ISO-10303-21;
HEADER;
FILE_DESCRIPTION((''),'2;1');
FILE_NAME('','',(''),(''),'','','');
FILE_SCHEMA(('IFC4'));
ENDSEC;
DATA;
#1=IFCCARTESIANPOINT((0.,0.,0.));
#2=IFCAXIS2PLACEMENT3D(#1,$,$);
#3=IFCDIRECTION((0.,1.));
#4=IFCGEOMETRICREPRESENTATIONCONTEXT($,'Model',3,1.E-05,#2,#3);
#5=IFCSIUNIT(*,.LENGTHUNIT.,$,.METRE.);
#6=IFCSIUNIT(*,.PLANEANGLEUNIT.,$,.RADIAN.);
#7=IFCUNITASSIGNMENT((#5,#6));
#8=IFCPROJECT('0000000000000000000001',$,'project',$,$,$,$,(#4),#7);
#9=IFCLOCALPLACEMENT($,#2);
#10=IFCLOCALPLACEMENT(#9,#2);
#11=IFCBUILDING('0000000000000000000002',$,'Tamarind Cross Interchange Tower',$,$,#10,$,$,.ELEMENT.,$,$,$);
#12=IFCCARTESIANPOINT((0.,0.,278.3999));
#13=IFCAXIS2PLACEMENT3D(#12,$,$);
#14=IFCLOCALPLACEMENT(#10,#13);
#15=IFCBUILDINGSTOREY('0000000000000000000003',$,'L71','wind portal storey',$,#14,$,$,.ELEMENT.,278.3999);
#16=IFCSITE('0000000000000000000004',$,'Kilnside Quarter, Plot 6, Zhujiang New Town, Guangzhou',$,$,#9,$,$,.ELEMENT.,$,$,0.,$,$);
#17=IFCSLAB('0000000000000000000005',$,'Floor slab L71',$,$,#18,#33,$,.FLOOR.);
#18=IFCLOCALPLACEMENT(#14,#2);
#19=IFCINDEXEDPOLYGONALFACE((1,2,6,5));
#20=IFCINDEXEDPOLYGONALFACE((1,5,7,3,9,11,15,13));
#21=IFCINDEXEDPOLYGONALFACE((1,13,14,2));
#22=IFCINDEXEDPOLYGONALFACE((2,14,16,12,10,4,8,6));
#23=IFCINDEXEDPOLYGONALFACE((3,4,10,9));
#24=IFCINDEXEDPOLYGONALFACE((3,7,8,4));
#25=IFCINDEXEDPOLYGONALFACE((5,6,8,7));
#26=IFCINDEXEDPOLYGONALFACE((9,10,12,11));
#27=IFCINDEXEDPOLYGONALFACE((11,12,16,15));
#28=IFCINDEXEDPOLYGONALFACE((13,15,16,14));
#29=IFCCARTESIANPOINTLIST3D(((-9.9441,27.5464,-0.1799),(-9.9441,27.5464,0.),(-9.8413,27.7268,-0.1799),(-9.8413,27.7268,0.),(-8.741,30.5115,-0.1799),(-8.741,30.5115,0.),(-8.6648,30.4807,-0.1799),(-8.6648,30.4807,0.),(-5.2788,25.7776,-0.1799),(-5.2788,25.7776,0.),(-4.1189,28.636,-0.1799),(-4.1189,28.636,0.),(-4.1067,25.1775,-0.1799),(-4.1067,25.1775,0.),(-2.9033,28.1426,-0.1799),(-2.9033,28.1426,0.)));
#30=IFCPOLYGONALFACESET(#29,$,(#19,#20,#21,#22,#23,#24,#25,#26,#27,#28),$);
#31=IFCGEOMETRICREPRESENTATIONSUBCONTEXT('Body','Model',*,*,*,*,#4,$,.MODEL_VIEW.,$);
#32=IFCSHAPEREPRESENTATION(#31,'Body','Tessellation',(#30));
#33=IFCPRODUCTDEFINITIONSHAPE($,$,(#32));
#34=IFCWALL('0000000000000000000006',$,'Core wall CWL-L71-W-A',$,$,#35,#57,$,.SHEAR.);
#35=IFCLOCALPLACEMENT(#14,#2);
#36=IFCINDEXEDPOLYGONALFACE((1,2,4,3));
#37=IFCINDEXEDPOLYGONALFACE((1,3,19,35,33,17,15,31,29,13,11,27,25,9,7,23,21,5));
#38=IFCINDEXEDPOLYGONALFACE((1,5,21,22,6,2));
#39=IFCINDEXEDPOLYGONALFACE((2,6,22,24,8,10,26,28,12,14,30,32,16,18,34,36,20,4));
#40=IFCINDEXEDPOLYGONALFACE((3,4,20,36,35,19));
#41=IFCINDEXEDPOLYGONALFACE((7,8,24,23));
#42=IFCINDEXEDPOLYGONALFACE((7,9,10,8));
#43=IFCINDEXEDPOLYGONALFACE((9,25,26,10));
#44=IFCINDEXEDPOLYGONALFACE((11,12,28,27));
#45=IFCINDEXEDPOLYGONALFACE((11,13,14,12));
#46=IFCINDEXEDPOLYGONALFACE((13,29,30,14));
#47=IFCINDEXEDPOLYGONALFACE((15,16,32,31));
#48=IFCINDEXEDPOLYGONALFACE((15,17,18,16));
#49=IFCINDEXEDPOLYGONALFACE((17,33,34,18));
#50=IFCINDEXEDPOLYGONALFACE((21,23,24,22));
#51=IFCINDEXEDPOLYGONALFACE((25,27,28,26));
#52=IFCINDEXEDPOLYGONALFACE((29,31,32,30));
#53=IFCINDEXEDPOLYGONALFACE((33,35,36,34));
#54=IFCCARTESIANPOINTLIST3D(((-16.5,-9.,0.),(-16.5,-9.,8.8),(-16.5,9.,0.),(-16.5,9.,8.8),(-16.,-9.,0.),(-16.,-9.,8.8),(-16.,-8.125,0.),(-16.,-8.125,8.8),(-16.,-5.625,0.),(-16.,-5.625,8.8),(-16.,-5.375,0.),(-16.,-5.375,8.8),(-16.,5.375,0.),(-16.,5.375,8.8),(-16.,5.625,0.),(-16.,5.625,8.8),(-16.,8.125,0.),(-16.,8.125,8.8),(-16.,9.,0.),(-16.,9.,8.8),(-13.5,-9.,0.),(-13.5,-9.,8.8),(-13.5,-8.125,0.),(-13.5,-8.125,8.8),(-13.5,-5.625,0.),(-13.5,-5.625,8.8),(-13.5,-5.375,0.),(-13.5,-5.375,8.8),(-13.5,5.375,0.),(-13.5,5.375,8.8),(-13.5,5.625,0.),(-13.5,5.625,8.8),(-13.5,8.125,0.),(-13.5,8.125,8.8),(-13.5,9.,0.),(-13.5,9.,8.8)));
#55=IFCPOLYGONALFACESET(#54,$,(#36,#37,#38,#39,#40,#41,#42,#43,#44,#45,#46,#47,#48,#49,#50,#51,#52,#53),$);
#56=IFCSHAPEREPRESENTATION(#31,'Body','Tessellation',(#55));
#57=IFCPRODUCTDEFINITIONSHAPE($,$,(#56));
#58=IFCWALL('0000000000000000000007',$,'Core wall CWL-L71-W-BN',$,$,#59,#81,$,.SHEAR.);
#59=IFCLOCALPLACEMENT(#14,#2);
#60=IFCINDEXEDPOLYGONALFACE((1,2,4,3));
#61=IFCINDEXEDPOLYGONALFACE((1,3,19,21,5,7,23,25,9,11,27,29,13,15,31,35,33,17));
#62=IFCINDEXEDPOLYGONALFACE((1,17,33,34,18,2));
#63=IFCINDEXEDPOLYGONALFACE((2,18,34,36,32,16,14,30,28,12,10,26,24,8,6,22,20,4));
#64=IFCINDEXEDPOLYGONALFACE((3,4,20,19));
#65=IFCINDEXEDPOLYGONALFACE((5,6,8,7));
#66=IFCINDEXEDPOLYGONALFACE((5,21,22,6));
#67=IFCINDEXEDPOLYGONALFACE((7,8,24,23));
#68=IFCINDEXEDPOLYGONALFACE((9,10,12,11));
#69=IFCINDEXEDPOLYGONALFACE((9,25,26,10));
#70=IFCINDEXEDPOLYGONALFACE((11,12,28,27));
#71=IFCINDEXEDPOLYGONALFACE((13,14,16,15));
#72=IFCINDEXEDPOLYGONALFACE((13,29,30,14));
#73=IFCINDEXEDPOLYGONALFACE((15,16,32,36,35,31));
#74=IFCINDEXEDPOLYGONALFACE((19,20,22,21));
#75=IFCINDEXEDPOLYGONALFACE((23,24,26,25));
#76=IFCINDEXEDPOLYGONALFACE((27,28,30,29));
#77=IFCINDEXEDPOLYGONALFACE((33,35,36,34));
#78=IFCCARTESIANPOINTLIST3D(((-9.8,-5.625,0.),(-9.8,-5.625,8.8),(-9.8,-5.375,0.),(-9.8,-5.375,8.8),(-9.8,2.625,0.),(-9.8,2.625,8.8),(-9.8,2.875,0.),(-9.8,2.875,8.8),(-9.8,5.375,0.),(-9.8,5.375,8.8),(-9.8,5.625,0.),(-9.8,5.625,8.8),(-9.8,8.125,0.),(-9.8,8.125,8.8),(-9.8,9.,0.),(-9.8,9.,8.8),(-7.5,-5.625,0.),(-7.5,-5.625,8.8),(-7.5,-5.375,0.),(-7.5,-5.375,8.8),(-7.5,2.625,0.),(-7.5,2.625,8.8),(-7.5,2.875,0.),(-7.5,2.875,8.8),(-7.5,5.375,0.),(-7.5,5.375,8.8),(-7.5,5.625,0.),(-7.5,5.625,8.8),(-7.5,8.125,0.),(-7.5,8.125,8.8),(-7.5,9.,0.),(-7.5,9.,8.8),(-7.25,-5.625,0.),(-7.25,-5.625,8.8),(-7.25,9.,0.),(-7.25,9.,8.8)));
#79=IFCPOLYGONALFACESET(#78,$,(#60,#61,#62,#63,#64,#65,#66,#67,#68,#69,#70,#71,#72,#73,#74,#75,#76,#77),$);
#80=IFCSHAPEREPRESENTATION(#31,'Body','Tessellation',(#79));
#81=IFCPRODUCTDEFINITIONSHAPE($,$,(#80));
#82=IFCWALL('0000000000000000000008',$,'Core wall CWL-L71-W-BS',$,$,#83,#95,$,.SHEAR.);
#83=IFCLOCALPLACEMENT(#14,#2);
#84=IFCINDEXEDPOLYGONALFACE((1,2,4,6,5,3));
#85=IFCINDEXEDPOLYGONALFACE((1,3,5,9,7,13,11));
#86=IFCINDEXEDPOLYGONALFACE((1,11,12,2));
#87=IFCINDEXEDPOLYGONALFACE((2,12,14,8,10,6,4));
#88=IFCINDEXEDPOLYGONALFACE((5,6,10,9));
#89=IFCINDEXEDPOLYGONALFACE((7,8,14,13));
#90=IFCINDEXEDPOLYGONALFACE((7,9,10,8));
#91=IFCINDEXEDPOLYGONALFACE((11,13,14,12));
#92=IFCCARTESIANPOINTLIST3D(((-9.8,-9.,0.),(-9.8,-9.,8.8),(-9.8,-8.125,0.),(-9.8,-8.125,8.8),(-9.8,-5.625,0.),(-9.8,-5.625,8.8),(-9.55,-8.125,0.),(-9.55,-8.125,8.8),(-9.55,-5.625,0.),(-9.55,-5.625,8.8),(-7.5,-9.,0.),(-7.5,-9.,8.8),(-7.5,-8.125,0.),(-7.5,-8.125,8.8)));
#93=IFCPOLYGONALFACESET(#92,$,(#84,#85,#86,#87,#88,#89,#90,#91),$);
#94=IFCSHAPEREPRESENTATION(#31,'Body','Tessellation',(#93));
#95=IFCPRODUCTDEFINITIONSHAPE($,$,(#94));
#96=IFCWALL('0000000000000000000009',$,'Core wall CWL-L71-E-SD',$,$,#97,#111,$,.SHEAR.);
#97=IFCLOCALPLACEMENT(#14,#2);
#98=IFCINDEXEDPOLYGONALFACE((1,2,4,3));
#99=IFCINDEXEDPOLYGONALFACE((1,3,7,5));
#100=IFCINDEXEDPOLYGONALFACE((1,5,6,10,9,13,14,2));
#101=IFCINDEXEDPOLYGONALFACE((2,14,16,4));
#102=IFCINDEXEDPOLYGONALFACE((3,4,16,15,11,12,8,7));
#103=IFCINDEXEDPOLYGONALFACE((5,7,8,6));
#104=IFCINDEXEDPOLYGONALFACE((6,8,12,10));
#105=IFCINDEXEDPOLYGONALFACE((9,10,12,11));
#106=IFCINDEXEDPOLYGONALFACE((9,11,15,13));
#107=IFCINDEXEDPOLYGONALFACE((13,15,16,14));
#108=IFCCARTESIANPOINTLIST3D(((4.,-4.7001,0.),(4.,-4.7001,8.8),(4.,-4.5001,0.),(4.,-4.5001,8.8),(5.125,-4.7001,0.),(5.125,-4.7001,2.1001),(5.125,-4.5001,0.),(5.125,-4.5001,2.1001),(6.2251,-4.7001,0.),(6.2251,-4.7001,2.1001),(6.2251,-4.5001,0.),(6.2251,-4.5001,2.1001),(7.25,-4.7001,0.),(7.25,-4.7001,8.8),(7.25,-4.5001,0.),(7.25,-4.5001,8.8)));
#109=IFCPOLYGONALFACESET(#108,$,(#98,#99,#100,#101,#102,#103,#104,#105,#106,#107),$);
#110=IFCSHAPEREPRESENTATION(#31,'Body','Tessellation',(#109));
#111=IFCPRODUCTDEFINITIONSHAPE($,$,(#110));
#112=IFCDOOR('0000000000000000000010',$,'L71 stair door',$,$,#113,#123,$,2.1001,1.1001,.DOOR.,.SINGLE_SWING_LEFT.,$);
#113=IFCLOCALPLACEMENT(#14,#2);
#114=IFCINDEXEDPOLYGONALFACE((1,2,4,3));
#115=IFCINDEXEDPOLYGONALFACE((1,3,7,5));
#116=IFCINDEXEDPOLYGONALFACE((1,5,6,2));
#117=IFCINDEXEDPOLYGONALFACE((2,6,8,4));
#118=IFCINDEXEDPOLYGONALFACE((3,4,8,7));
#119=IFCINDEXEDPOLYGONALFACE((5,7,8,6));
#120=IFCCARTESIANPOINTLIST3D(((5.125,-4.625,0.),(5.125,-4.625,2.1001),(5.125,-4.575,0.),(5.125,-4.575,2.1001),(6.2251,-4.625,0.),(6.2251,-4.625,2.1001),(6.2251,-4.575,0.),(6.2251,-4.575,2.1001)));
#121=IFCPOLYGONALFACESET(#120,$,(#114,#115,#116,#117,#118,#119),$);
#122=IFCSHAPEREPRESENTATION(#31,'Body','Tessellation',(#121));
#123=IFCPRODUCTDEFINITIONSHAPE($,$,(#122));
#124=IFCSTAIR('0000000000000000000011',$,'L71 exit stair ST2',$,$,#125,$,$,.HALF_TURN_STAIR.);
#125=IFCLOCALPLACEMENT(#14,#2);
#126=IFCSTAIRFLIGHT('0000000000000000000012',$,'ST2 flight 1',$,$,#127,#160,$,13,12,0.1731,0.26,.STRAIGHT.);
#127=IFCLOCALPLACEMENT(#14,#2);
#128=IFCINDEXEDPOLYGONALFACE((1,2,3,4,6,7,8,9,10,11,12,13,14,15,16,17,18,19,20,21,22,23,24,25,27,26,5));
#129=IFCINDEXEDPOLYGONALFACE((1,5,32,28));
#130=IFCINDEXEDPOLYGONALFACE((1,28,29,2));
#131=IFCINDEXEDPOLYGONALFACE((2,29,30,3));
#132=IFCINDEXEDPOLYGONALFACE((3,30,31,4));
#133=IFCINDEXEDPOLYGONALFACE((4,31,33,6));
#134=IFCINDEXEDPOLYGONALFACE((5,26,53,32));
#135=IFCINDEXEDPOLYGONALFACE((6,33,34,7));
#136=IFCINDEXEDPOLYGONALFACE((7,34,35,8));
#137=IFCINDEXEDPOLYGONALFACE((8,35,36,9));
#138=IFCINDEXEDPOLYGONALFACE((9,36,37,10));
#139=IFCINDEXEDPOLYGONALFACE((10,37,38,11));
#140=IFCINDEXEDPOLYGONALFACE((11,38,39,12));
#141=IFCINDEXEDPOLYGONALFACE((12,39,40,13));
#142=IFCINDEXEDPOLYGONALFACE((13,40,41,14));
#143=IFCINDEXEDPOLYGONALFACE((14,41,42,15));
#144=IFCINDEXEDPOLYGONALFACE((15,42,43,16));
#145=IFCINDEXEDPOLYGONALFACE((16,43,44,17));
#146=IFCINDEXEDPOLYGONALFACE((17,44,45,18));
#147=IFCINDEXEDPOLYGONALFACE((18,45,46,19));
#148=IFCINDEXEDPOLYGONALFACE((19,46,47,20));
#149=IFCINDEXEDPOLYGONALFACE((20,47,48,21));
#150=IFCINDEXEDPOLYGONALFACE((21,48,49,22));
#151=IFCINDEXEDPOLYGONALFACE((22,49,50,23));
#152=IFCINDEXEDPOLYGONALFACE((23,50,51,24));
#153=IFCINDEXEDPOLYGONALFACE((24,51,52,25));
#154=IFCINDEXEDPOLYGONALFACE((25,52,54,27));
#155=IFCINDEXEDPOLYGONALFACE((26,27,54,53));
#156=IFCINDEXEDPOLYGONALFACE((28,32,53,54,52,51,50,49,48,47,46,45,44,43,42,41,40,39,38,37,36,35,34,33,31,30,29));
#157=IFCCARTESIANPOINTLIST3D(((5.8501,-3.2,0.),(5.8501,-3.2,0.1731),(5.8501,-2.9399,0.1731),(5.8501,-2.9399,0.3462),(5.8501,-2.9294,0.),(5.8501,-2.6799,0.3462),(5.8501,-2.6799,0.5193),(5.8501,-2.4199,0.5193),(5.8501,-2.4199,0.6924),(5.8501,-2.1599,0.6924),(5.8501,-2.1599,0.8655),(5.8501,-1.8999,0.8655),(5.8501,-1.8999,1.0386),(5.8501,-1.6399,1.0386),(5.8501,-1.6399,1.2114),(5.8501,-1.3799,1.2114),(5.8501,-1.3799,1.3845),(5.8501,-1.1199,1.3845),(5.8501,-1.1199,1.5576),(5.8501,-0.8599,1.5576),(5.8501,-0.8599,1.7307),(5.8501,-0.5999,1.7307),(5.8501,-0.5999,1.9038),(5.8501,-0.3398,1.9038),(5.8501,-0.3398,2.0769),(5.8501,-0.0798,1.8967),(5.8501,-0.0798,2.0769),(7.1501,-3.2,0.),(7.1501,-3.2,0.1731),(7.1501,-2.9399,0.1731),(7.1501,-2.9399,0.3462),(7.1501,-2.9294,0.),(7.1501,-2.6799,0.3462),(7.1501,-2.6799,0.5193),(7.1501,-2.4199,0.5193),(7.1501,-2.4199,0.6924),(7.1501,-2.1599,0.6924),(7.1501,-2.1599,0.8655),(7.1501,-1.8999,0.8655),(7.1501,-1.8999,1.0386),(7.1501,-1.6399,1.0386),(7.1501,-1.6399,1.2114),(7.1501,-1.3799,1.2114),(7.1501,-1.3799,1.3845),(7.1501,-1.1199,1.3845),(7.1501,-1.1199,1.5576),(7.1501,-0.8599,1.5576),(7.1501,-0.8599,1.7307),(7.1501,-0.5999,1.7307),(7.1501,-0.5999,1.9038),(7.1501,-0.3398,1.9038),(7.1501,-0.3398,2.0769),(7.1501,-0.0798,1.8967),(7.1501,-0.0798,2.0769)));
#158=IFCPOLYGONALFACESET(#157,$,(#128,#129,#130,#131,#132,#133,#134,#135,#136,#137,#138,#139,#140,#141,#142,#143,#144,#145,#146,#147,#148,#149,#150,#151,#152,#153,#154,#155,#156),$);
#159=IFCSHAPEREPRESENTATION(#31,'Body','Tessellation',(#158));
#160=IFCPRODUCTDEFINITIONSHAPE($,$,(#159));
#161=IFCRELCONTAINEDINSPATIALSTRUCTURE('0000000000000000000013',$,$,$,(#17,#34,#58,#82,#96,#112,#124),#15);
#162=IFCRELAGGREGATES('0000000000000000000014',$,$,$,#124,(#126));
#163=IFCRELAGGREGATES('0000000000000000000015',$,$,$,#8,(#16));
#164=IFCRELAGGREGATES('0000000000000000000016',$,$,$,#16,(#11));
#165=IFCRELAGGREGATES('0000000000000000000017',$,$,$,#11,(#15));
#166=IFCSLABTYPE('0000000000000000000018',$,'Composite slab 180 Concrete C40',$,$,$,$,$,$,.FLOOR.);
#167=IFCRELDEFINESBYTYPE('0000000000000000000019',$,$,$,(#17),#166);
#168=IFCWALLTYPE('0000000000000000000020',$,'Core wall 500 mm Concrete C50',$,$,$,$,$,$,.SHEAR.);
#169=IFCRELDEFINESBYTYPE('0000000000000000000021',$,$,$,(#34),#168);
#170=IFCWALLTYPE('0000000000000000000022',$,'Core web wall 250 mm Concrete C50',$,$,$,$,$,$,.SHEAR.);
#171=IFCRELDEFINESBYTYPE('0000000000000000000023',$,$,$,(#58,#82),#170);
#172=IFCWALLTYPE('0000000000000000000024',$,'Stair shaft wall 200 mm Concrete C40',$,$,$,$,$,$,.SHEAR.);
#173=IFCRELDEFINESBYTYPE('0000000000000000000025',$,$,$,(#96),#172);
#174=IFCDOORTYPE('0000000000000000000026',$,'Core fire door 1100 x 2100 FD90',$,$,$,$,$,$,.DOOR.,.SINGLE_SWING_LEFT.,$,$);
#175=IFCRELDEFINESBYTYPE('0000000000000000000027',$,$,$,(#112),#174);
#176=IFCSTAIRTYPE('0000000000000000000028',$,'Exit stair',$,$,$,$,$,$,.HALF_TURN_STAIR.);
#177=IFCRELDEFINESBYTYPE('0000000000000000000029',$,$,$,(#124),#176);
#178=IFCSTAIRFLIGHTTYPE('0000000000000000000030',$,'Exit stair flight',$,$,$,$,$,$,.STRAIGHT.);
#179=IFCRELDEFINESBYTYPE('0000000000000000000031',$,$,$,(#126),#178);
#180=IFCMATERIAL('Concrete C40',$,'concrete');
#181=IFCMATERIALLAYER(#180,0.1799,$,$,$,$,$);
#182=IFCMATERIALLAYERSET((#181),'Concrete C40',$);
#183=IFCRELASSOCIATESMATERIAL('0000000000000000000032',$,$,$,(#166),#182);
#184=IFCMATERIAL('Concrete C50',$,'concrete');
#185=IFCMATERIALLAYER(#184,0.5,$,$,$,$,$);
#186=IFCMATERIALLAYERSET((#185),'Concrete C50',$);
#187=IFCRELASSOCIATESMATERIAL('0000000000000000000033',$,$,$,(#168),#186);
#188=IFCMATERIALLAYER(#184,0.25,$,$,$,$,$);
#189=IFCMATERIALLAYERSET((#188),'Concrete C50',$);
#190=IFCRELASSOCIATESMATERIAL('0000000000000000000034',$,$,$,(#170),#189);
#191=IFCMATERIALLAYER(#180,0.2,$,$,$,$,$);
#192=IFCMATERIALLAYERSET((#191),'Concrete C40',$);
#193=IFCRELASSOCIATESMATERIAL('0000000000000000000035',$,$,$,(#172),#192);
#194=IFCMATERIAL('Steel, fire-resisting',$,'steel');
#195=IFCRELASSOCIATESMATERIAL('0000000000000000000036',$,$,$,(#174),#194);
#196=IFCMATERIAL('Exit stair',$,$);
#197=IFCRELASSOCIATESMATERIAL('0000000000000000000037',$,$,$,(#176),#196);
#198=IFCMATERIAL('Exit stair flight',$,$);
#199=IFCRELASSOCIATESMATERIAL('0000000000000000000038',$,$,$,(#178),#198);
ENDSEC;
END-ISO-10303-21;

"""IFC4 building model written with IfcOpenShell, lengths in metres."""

from ifc_helpers import new_model, si_unit, direction, frame, frame_2d, origin, place, context, subcontext, project, spatial, polyline, rectangle, outline, extrude, material, layer, layer_set, type_object, element, fill, aggregate, save


model = new_model("IFC4")

# Units and contexts
model_context = context("Model", 3, precision=1e-05, world=origin(), true_north=direction((0.0, 1.0)))
body_context = subcontext(model_context, "Body", "Model", "MODEL_VIEW")
ifc_project = project(units=[si_unit("LENGTHUNIT", "METRE"), si_unit("PLANEANGLEUNIT", "RADIAN")], contexts=[model_context])

# Site, building, storey
site_placement = place(None, origin())
site = spatial("IfcSite", under=ifc_project, at=site_placement, Name="Kilnside Quarter, Plot 6, Zhujiang New Town, Guangzhou", CompositionType="ELEMENT", RefElevation=0.0)
building_placement = place(site_placement, origin())
building = spatial("IfcBuilding", under=site, at=building_placement, Name="Tamarind Cross Interchange Tower", CompositionType="ELEMENT")
storey_placement = place(building_placement, frame((0.0, 0.0, 278.3999)))
storey = spatial("IfcBuildingStorey", under=building, at=storey_placement, Name="L71", Description="wind portal storey", CompositionType="ELEMENT", Elevation=278.3999)

# Slab
ifc_material_1 = material(Name="Concrete C40", Category="concrete")
ifc_layer_1 = layer(ifc_material_1, 0.1799)
ifc_layer_set_1 = layer_set([ifc_layer_1], Name="Concrete C40")
slab_type = type_object("IfcSlabType", Name="Composite slab 180 Concrete C40", PredefinedType="FLOOR", material=ifc_layer_set_1)
slab_1_placement = place(storey_placement, frame((0.0, 0.0, -0.1799)))
element("IfcSlab", 1, at=slab_1_placement, inside=storey, type_object=slab_type, Name="Floor slab L71", PredefinedType="FLOOR", context=body_context, shape_type="SweptSolid", body=[
    extrude(outline(polyline([(-8.741, 30.5115), (-9.9441, 27.5464), (-4.1067, 25.1775), (-2.9033, 28.1426), (-4.1189, 28.636), (-5.2788, 25.7776), (-9.8413, 27.7268), (-8.6648, 30.4807), (-8.741, 30.5115)])), origin(), (0.0, 0.0, 1.0), 0.1799),
])

# Walls
ifc_material_2 = material(Name="Concrete C50", Category="concrete")
ifc_layer_2 = layer(ifc_material_2, 0.5)
ifc_layer_set_2 = layer_set([ifc_layer_2], Name="Concrete C50")
wall_type_1 = type_object("IfcWallType", Name="Core wall 500 mm Concrete C50", PredefinedType="SHEAR", material=ifc_layer_set_2)
wall_1_placement = place(storey_placement, origin())
element("IfcWall", 2, at=wall_1_placement, inside=storey, type_object=wall_type_1, Name="Core wall CWL-L71-W-A", PredefinedType="SHEAR", context=body_context, shape_type="SweptSolid", body=[
    extrude(outline(polyline([(-13.5, -8.125), (-16.0, -8.125), (-16.0, -5.625), (-13.5, -5.625), (-13.5, -5.375), (-16.0, -5.375), (-16.0, 5.375), (-13.5, 5.375), (-13.5, 5.625), (-16.0, 5.625), (-16.0, 8.125), (-13.5, 8.125), (-13.5, 9.0), (-16.0, 9.0), (-16.5, 9.0), (-16.5, -9.0), (-16.0, -9.0), (-13.5, -9.0), (-13.5, -8.125)])), origin(), (0.0, 0.0, 1.0), 8.8),
])
ifc_layer_3 = layer(ifc_material_2, 0.25)
ifc_layer_set_3 = layer_set([ifc_layer_3], Name="Concrete C50")
wall_type_2 = type_object("IfcWallType", Name="Core web wall 250 mm Concrete C50", PredefinedType="SHEAR", material=ifc_layer_set_3)
wall_2_placement = place(storey_placement, origin())
element("IfcWall", 3, at=wall_2_placement, inside=storey, type_object=wall_type_2, Name="Core wall CWL-L71-W-BN", PredefinedType="SHEAR", context=body_context, shape_type="SweptSolid", body=[
    extrude(outline(polyline([(-9.8, -5.375), (-9.8, -5.625), (-7.5, -5.625), (-7.25, -5.625), (-7.25, 9.0), (-7.5, 9.0), (-9.8, 9.0), (-9.8, 8.125), (-7.5, 8.125), (-7.5, 5.625), (-9.8, 5.625), (-9.8, 5.375), (-7.5, 5.375), (-7.5, 2.875), (-9.8, 2.875), (-9.8, 2.625), (-7.5, 2.625), (-7.5, -5.375), (-9.8, -5.375)])), origin(), (0.0, 0.0, 1.0), 8.8),
])
wall_3_placement = place(storey_placement, origin())
element("IfcWall", 4, at=wall_3_placement, inside=storey, type_object=wall_type_2, Name="Core wall CWL-L71-W-BS", PredefinedType="SHEAR", context=body_context, shape_type="SweptSolid", body=[
    extrude(outline(polyline([(-7.5, -8.125), (-9.55, -8.125), (-9.55, -5.625), (-9.8, -5.625), (-9.8, -8.125), (-9.8, -9.0), (-7.5, -9.0), (-7.5, -8.125)])), origin(), (0.0, 0.0, 1.0), 8.8),
])

# Wall, opening, door
ifc_layer_4 = layer(ifc_material_1, 0.2)
ifc_layer_set_4 = layer_set([ifc_layer_4], Name="Concrete C40")
wall_type_3 = type_object("IfcWallType", Name="Stair shaft wall 200 mm Concrete C40", PredefinedType="SHEAR", material=ifc_layer_set_4)
wall_4_placement = place(storey_placement, frame((7.25, -4.6001, 0.0), z_axis=(0.0, 0.0, 1.0), x_axis=(-1.0, 0.0, 0.0)))
wall_4 = element("IfcWall", 5, at=wall_4_placement, inside=storey, type_object=wall_type_3, Name="Core wall CWL-L71-E-SD", PredefinedType="SHEAR", context=body_context, shape_type="SweptSolid", body=[
    extrude(rectangle(XDim=3.25, YDim=0.2, at=frame_2d((1.625, 0.0))), origin(), (0.0, 0.0, 1.0), 8.8),
])
opening_placement = place(wall_4_placement, frame((1.0249, 0.0, 0.0)))
opening = element("IfcOpeningElement", 6, at=opening_placement, cuts=wall_4, PredefinedType="OPENING", context=body_context, shape_type="SweptSolid", body=[
    extrude(rectangle(XDim=1.1001, YDim=2.1001, at=frame_2d((0.55, 1.05))), frame((0.0, 0.1099, 0.0), z_axis=(0.0, -1.0, 0.0), x_axis=(1.0, 0.0, 0.0)), (0.0, 0.0, 1.0), 0.22),
])
ifc_material_3 = material(Name="Steel, fire-resisting", Category="steel")
door_type = type_object("IfcDoorType", Name="Core fire door 1100 x 2100 FD90", OperationType="SINGLE_SWING_LEFT", PredefinedType="DOOR", material=ifc_material_3)
door_placement = place(opening_placement, origin())
door = element("IfcDoor", 7, at=door_placement, inside=storey, type_object=door_type, Name="L71 stair door", OperationType="SINGLE_SWING_LEFT", OverallHeight=2.1001, OverallWidth=1.1001, PredefinedType="DOOR", context=body_context, shape_type="SweptSolid", body=[
    extrude(rectangle(XDim=1.1001, YDim=2.1001, at=frame_2d((0.55, 1.05))), frame((0.0, 0.0249, 0.0), z_axis=(0.0, -1.0, 0.0), x_axis=(1.0, 0.0, 0.0)), (0.0, 0.0, 1.0), 0.05),
])
fill(opening, door)

# Stair, stair flight
ifc_material_4 = material(Name="Exit stair")
stair_type = type_object("IfcStairType", Name="Exit stair", PredefinedType="HALF_TURN_STAIR", material=ifc_material_4)
stair_placement = place(storey_placement, origin())
stair = element("IfcStair", 8, at=stair_placement, inside=storey, type_object=stair_type, Name="L71 exit stair ST2", PredefinedType="HALF_TURN_STAIR")
ifc_material_5 = material(Name="Exit stair flight")
stair_flight_type = type_object("IfcStairFlightType", Name="Exit stair flight", PredefinedType="STRAIGHT", material=ifc_material_5)
stair_flight_1_placement = place(storey_placement, frame((6.5, -3.2, 0.0), z_axis=(0.0, 0.0, 1.0), x_axis=(0.0, 1.0, 0.0)))
stair_flight_1 = element("IfcStairFlight", 9, at=stair_flight_1_placement, type_object=stair_flight_type, Name="ST2 flight 1", NumberOfRisers=13, NumberOfTreads=12, PredefinedType="STRAIGHT", RiserHeight=0.1731, TreadLength=0.26, context=body_context, shape_type="SweptSolid", body=[
    extrude(outline(polyline([(0.0, 0.0), (0.0, 0.1731), (0.26, 0.1731), (0.26, 0.3462), (0.52, 0.3462), (0.52, 0.5193), (0.78, 0.5193), (0.78, 0.6924), (1.04, 0.6924), (1.04, 0.8655), (1.3, 0.8655), (1.3, 1.0386), (1.5601, 1.0386), (1.5601, 1.2114), (1.8201, 1.2114), (1.8201, 1.3845), (2.0801, 1.3845), (2.0801, 1.5576), (2.3401, 1.5576), (2.3401, 1.7307), (2.6001, 1.7307), (2.6001, 1.9038), (2.8601, 1.9038), (2.8601, 2.0769), (3.1201, 2.0769), (3.1201, 2.25), (3.1201, 1.8967), (0.2705, 0.0), (0.0, 0.0)])), frame((0.0, 0.6499, 0.0), z_axis=(0.0, -1.0, 0.0), x_axis=(1.0, 0.0, 0.0)), (0.0, 0.0, 1.0), 1.3),
])
aggregate(stair, [stair_flight_1])

save(model, "model.ifc")
